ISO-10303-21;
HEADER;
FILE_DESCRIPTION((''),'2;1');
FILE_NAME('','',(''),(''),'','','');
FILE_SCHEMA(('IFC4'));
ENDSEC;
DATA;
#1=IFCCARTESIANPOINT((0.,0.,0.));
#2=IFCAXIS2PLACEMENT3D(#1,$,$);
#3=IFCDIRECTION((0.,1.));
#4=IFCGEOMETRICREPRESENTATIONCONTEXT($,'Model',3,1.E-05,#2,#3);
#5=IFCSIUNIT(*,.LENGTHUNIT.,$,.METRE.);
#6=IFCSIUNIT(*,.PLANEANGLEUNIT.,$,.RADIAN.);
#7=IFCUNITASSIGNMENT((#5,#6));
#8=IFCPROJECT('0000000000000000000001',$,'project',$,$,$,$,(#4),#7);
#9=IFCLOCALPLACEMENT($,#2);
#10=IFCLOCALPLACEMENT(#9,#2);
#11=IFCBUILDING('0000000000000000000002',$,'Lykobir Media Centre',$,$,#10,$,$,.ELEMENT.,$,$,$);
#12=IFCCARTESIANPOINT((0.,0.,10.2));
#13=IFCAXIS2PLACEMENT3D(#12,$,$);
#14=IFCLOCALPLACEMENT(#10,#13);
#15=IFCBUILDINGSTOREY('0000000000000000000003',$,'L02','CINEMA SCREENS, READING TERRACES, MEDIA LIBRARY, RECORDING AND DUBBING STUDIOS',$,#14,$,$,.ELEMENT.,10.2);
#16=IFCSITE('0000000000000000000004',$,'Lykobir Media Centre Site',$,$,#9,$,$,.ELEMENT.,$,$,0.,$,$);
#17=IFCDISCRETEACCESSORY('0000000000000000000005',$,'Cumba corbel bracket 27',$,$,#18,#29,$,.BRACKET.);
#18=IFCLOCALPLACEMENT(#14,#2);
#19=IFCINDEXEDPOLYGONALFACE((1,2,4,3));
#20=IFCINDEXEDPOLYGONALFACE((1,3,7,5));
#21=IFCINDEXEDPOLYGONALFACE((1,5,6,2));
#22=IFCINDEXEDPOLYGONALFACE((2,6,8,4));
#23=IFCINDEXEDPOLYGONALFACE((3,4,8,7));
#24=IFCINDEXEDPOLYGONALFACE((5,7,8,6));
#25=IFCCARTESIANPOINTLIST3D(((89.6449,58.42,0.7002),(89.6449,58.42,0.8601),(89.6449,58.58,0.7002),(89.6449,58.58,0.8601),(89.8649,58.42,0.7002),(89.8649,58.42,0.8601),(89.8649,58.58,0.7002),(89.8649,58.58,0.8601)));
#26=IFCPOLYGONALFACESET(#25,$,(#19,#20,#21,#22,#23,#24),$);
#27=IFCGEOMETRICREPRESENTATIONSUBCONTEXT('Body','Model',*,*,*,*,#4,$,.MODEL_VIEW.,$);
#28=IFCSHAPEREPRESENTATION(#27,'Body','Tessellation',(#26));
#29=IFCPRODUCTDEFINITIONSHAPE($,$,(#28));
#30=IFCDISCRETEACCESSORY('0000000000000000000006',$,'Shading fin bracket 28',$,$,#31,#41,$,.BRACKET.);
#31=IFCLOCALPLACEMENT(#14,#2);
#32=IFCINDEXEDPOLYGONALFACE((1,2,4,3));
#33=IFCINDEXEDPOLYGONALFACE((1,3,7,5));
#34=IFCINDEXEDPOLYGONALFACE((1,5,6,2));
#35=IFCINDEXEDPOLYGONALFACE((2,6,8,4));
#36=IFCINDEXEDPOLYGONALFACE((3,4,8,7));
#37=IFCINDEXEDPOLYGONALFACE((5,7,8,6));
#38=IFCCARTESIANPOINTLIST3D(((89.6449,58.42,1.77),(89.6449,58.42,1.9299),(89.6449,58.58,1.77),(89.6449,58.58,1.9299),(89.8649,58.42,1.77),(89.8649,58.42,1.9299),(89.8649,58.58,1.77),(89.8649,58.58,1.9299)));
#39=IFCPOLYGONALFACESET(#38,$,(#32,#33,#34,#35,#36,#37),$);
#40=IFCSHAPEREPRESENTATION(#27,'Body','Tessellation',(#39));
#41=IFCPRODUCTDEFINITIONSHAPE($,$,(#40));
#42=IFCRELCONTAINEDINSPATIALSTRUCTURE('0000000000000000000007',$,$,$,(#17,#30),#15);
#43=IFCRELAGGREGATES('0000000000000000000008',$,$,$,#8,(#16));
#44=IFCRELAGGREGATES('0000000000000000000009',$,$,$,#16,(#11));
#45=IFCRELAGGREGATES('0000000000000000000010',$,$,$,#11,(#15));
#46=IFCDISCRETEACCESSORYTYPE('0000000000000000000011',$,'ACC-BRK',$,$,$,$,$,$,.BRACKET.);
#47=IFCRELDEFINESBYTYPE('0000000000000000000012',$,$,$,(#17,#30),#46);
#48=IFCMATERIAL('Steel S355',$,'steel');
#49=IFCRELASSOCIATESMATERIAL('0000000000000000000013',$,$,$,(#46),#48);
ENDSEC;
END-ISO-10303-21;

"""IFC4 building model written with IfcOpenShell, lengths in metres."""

from ifc_helpers import new_model, si_unit, direction, frame, origin, origin_2d, place, context, subcontext, project, spatial, rectangle, extrude, material, type_object, element, save


model = new_model("IFC4")

# Units and contexts
model_context = context("Model", 3, precision=1e-05, world=origin(), true_north=direction((0.0, 1.0)))
body_context = subcontext(model_context, "Body", "Model", "MODEL_VIEW")
ifc_project = project(units=[si_unit("LENGTHUNIT", "METRE"), si_unit("PLANEANGLEUNIT", "RADIAN")], contexts=[model_context])

# Site, building, storey
site_placement = place(None, origin())
site = spatial("IfcSite", under=ifc_project, at=site_placement, Name="Lykobir Media Centre Site", CompositionType="ELEMENT", RefElevation=0.0)
building_placement = place(site_placement, origin())
building = spatial("IfcBuilding", under=site, at=building_placement, Name="Lykobir Media Centre", CompositionType="ELEMENT")
storey_placement = place(building_placement, frame((0.0, 0.0, 10.2)))
storey = spatial("IfcBuildingStorey", under=building, at=storey_placement, Name="L02", Description="CINEMA SCREENS, READING TERRACES, MEDIA LIBRARY, RECORDING AND DUBBING STUDIOS", CompositionType="ELEMENT", Elevation=10.2)

# Shared definitions
ifc_material_1 = material(Name="Steel S355", Category="steel")

# Discrete accessories
discrete_accessory_type = type_object("IfcDiscreteAccessoryType", Name="ACC-BRK", PredefinedType="BRACKET", material=ifc_material_1)
for number, where, z_axis, x_axis, name in (
    (1, (89.7549, 58.5, 0.7002), (0.0, 0.0, 1.0), (0.0, -1.0, 0.0), "Cumba corbel bracket 27"),
    (2, (89.7549, 58.5, 1.77), (0.0, 0.0, 1.0), (0.0, -1.0, 0.0), "Shading fin bracket 28"),
):
    element("IfcDiscreteAccessory", number, at=place(storey_placement, frame(where, z_axis=z_axis, x_axis=x_axis)), inside=storey, type_object=discrete_accessory_type, Name=name, PredefinedType="BRACKET", context=body_context, shape_type="SweptSolid", body=[
        extrude(rectangle(XDim=0.1599, YDim=0.22, at=origin_2d()), origin(), (0.0, 0.0, 1.0), 0.1599),
    ])

save(model, "model.ifc")
